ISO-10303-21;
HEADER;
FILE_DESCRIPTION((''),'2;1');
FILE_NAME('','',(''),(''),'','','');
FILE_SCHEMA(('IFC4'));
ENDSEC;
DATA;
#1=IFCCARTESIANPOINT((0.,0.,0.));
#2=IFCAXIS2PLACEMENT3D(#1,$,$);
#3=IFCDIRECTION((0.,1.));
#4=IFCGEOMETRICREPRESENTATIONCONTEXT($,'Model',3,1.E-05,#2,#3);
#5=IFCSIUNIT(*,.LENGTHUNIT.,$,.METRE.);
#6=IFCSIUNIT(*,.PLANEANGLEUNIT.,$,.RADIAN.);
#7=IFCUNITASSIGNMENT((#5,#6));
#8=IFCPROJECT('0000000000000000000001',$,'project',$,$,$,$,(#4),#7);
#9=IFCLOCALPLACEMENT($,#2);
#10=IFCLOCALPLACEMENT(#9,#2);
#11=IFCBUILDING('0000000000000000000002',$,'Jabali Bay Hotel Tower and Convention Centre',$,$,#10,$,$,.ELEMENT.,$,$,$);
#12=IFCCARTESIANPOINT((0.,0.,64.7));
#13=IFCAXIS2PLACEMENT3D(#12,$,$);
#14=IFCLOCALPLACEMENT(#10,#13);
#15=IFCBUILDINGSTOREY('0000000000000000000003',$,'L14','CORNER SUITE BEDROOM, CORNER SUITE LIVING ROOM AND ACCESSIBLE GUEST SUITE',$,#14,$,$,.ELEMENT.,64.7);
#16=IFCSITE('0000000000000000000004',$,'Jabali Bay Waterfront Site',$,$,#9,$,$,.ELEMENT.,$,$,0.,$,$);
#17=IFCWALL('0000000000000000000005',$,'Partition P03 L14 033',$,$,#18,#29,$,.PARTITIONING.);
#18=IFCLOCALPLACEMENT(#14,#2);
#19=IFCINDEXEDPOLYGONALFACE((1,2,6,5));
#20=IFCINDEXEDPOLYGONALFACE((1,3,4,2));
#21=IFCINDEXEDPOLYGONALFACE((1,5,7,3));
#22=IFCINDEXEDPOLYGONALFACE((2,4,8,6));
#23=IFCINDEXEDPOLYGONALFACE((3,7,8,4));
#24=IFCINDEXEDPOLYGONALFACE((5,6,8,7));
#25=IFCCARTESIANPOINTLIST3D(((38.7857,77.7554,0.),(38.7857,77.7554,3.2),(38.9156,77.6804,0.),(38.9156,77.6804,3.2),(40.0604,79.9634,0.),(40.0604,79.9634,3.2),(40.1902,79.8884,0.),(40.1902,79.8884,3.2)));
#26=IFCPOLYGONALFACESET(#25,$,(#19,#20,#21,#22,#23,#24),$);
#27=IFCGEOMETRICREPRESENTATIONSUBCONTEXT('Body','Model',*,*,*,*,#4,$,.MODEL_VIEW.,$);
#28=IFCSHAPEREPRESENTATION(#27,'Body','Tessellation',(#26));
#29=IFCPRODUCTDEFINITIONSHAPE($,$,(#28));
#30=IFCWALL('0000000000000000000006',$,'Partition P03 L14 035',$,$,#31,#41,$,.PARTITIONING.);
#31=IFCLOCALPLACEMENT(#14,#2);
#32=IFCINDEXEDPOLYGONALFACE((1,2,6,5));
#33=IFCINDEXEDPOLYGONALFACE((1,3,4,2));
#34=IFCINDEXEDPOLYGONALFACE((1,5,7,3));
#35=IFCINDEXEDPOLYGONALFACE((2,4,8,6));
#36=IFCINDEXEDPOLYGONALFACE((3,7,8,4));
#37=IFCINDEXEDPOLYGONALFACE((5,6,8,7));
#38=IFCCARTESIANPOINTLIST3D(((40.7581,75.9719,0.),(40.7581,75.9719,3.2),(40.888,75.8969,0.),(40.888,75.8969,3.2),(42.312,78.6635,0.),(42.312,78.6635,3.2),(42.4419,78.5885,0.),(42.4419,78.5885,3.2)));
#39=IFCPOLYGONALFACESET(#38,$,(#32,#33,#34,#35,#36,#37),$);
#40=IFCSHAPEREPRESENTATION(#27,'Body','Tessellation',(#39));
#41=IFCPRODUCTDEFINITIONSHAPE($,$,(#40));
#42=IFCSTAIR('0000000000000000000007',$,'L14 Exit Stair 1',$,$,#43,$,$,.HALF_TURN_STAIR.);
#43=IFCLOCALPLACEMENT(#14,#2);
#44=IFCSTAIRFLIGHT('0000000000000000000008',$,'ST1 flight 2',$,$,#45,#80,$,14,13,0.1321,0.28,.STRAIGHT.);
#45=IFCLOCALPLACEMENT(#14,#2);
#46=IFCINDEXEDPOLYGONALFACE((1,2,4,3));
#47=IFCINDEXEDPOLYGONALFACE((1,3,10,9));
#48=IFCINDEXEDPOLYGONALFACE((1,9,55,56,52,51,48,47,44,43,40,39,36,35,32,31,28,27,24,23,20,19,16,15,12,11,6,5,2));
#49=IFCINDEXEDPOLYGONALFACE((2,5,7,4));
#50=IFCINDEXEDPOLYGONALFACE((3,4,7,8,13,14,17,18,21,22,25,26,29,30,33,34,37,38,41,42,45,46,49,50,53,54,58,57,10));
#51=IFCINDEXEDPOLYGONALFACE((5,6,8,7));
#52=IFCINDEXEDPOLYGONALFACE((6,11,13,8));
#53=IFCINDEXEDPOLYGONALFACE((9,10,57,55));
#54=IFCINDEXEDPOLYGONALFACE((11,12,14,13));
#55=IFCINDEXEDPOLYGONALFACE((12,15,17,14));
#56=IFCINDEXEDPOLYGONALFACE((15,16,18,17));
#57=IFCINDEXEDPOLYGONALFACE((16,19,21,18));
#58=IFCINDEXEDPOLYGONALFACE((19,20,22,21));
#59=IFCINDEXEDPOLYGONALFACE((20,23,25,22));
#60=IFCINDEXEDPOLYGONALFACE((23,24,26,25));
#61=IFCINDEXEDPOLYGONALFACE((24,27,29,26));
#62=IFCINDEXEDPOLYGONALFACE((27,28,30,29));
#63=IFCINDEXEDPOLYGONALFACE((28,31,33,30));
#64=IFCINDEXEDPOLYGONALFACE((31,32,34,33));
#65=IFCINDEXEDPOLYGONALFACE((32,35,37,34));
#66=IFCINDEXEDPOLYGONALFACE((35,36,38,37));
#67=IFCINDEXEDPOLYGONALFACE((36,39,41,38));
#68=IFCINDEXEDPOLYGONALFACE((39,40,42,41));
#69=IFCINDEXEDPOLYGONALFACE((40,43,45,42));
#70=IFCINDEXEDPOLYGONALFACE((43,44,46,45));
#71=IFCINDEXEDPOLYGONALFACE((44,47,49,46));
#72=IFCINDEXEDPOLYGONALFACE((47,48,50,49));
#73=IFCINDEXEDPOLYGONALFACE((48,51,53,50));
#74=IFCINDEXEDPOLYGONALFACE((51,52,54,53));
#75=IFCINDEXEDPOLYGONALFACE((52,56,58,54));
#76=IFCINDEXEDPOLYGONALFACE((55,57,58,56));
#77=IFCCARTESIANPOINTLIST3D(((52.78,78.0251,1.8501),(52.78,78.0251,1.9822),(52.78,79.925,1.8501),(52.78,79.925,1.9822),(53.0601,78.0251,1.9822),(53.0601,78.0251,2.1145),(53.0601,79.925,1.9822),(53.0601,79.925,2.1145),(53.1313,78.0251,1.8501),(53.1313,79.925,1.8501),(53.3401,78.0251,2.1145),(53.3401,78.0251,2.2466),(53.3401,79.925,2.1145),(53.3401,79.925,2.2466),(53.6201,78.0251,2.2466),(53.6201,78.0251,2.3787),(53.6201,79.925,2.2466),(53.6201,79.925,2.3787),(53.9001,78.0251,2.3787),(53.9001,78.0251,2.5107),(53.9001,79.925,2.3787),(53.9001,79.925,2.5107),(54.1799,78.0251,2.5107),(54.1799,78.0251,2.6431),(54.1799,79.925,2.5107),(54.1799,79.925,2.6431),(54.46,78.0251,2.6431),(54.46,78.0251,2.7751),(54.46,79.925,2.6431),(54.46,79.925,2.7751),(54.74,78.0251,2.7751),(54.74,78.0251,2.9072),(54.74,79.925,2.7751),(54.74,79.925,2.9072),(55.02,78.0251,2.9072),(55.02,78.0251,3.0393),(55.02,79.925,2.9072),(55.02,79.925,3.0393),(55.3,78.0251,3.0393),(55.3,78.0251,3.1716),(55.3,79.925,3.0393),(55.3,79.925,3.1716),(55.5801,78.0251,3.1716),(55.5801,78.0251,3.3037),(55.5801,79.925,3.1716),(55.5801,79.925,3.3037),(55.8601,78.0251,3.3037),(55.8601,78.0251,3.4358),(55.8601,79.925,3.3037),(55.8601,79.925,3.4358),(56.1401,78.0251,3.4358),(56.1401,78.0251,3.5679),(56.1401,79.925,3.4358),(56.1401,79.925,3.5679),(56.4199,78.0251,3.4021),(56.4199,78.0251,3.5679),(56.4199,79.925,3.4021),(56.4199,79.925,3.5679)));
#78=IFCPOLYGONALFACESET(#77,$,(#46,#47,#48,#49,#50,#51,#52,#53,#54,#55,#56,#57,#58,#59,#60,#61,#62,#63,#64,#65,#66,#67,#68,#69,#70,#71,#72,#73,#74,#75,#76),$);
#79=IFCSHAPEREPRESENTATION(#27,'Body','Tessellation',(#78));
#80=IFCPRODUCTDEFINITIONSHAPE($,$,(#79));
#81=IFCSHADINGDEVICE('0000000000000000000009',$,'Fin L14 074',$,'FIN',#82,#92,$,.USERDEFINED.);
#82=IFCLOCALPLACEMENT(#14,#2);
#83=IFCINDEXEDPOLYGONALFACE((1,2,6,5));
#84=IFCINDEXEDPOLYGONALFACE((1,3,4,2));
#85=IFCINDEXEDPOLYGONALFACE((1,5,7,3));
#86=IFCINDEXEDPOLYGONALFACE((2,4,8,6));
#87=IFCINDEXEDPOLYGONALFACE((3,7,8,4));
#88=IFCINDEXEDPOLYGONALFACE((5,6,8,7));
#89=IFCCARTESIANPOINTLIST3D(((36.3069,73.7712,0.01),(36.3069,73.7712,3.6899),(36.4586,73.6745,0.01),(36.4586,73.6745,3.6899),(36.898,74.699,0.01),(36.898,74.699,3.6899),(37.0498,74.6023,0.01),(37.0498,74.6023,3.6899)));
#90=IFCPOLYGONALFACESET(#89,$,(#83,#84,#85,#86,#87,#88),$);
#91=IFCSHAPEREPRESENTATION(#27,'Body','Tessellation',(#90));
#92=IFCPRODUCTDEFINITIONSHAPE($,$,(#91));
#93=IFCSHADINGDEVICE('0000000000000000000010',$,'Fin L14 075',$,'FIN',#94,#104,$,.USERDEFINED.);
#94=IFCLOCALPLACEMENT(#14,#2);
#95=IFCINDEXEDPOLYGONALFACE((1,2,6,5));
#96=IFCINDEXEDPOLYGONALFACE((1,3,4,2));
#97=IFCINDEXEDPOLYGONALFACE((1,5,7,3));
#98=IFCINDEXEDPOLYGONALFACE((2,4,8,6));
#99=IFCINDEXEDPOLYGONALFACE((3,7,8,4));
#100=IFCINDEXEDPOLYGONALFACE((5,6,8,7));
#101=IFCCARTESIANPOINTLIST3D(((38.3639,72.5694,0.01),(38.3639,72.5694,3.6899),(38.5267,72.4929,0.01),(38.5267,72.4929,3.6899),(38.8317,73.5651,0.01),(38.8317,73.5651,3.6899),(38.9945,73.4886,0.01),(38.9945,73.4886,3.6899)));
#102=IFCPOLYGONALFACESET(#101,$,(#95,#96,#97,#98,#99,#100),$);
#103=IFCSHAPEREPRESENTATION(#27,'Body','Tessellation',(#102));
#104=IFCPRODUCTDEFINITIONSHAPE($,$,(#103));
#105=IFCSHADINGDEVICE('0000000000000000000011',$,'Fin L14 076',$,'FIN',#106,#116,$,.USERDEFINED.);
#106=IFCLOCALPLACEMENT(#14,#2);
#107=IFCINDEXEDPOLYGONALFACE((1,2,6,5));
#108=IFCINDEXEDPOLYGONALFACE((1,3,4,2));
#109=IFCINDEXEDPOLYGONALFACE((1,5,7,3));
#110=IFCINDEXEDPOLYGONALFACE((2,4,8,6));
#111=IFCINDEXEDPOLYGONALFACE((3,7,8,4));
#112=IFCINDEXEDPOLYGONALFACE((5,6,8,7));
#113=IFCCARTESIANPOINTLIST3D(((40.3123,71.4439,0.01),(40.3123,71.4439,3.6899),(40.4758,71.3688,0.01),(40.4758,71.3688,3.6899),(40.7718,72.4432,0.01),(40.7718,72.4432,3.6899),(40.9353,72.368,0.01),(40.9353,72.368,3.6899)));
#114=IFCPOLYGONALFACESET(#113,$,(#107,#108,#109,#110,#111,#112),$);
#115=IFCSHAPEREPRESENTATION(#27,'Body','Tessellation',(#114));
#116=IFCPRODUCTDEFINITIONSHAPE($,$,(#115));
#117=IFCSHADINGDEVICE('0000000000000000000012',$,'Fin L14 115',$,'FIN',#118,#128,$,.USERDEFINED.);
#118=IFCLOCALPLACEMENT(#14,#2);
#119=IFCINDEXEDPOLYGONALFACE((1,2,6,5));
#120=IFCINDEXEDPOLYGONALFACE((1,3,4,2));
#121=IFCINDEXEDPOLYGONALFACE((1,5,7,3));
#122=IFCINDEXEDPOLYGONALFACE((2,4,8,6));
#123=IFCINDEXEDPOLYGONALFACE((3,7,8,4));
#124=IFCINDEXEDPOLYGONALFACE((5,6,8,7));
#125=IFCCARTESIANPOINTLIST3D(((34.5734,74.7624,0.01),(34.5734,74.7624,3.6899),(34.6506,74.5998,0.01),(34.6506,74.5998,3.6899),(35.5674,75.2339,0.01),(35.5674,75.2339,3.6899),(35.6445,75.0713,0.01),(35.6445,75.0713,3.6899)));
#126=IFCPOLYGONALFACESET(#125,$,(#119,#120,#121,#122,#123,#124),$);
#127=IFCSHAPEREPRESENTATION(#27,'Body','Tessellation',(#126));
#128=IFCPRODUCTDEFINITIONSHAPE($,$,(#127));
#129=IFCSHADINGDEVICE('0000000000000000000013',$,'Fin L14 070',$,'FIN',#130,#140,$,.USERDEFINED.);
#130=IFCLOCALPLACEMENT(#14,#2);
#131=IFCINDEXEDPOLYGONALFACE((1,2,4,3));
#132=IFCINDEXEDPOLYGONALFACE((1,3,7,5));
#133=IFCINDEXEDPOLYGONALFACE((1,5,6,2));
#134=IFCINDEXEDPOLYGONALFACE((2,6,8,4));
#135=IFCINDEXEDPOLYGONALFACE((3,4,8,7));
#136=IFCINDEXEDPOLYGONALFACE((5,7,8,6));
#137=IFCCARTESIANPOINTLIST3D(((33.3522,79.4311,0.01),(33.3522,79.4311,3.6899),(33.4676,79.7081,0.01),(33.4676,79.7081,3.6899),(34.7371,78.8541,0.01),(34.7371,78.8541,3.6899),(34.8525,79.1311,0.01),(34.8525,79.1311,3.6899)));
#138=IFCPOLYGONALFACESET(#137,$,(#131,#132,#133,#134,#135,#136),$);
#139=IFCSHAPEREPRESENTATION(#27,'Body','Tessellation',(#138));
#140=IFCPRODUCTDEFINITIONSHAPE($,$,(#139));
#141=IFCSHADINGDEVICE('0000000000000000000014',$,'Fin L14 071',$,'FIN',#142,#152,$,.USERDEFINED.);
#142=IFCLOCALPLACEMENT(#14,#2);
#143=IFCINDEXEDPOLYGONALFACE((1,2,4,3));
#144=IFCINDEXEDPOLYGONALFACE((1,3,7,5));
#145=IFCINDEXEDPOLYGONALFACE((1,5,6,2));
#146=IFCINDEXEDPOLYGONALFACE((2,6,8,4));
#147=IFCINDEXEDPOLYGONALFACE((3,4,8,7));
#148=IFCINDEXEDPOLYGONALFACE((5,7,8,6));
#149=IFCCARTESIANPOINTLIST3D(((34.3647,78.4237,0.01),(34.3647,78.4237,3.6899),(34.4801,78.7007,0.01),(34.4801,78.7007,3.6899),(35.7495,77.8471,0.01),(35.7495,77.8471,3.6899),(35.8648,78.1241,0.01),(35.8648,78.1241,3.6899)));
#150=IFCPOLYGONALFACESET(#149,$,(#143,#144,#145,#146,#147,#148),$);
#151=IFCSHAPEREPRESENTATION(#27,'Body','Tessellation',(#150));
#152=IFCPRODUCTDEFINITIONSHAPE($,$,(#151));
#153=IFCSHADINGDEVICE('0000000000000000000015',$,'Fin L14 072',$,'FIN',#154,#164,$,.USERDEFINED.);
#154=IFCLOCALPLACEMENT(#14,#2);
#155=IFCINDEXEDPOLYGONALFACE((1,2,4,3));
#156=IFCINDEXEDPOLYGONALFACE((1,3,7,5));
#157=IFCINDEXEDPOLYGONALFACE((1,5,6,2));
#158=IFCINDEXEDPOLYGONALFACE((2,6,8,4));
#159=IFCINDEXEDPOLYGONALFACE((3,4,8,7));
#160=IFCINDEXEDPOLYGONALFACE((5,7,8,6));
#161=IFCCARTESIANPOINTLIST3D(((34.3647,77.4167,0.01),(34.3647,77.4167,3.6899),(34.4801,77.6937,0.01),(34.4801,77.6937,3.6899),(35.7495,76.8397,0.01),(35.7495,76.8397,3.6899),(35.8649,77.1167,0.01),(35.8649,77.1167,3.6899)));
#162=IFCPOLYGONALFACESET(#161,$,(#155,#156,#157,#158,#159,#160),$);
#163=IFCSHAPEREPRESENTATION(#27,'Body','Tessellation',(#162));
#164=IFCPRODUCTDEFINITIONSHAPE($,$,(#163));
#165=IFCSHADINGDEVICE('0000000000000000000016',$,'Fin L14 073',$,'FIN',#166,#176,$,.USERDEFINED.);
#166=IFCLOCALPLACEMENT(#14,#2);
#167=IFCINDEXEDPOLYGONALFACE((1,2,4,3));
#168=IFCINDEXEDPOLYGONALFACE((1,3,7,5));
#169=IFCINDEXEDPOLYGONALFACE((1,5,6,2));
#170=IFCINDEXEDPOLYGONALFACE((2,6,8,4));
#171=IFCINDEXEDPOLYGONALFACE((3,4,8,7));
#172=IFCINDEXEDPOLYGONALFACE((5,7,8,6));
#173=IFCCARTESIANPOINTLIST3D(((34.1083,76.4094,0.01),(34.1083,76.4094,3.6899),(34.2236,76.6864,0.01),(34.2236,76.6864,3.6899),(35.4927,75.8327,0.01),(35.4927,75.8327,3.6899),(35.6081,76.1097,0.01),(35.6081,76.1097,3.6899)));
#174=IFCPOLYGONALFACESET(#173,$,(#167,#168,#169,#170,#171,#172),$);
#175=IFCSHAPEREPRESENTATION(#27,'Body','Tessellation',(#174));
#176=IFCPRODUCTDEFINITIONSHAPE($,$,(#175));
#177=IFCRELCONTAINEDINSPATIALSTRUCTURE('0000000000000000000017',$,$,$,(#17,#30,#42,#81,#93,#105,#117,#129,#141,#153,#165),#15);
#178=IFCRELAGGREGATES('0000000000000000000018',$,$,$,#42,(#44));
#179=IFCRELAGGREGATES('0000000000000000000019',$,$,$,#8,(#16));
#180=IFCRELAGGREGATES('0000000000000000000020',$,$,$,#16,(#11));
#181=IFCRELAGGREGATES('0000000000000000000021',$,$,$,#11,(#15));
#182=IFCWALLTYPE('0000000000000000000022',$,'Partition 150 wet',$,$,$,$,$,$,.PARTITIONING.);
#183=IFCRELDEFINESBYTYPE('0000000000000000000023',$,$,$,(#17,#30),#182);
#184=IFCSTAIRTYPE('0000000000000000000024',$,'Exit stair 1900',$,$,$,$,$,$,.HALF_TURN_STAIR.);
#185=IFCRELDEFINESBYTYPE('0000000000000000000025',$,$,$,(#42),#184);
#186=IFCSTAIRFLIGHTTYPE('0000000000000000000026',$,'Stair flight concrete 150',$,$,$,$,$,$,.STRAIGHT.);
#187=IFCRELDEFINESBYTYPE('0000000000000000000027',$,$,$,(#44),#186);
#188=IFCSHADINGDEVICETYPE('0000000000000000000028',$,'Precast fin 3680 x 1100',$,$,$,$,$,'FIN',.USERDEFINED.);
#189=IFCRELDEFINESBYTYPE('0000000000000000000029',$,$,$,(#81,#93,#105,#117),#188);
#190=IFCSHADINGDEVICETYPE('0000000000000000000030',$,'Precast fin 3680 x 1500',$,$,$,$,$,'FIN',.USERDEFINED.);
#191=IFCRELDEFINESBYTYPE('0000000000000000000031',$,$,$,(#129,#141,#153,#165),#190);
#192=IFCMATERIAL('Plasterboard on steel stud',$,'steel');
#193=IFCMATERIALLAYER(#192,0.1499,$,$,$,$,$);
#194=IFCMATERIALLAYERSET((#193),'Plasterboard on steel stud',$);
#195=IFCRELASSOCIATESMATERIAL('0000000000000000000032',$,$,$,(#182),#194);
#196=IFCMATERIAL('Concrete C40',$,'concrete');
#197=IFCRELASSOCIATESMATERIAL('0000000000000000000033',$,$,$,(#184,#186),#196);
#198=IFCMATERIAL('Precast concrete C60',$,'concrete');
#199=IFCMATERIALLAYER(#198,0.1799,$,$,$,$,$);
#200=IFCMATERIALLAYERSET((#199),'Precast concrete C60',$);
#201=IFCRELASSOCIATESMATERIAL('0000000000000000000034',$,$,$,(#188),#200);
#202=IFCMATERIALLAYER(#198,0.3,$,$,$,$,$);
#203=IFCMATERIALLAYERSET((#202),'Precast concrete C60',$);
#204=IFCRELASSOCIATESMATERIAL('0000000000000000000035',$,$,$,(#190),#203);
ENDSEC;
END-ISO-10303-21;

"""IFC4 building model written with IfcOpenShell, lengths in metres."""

from ifc_helpers import new_model, si_unit, direction, frame, frame_2d, origin, place, context, subcontext, project, spatial, polyline, rectangle, outline, extrude, material, layer, layer_set, type_object, element, aggregate, save


model = new_model("IFC4")

# Units and contexts
model_context = context("Model", 3, precision=1e-05, world=origin(), true_north=direction((0.0, 1.0)))
body_context = subcontext(model_context, "Body", "Model", "MODEL_VIEW")
ifc_project = project(units=[si_unit("LENGTHUNIT", "METRE"), si_unit("PLANEANGLEUNIT", "RADIAN")], contexts=[model_context])

# Site, building, storey
site_placement = place(None, origin())
site = spatial("IfcSite", under=ifc_project, at=site_placement, Name="Jabali Bay Waterfront Site", CompositionType="ELEMENT", RefElevation=0.0)
building_placement = place(site_placement, origin())
building = spatial("IfcBuilding", under=site, at=building_placement, Name="Jabali Bay Hotel Tower and Convention Centre", CompositionType="ELEMENT")
storey_placement = place(building_placement, frame((0.0, 0.0, 64.7)))
storey = spatial("IfcBuildingStorey", under=building, at=storey_placement, Name="L14", Description="CORNER SUITE BEDROOM, CORNER SUITE LIVING ROOM AND ACCESSIBLE GUEST SUITE", CompositionType="ELEMENT", Elevation=64.7)

# Shared definitions
ifc_material_1 = material(Name="Concrete C40", Category="concrete")

# Walls
ifc_material_2 = material(Name="Plasterboard on steel stud", Category="steel")
ifc_layer_1 = layer(ifc_material_2, 0.1499)
ifc_layer_set_1 = layer_set([ifc_layer_1], Name="Plasterboard on steel stud")
wall_type_1 = type_object("IfcWallType", Name="Partition 150 wet", PredefinedType="PARTITIONING", material=ifc_layer_set_1)
wall_1_placement = place(storey_placement, frame((38.8506, 77.7178, 0.0), z_axis=(0.0, 0.0, 1.0), x_axis=(0.49996, 0.866048, 0.0)))
element("IfcWall", 1, at=wall_1_placement, inside=storey, type_object=wall_type_1, Name="Partition P03 L14 033", PredefinedType="PARTITIONING", context=body_context, shape_type="SweptSolid", body=[
    extrude(rectangle(XDim=2.5496, YDim=0.1499, at=frame_2d((1.2749, 0.0))), origin(), (0.0, 0.0, 1.0), 3.2),
])
wall_2_placement = place(storey_placement, frame((42.377, 78.626, 0.0), z_axis=(0.0, 0.0, 1.0), x_axis=(-0.499983, -0.866035, 0.0)))
element("IfcWall", 2, at=wall_2_placement, inside=storey, type_object=wall_type_1, Name="Partition P03 L14 035", PredefinedType="PARTITIONING", context=body_context, shape_type="SweptSolid", body=[
    extrude(rectangle(XDim=3.1079, YDim=0.1499, at=frame_2d((1.554, 0.0))), origin(), (0.0, 0.0, 1.0), 3.2),
])

# Stair, stair flight
stair_type = type_object("IfcStairType", Name="Exit stair 1900", PredefinedType="HALF_TURN_STAIR", material=ifc_material_1)
stair_placement = place(storey_placement, origin())
stair = element("IfcStair", 3, at=stair_placement, inside=storey, type_object=stair_type, Name="L14 Exit Stair 1", PredefinedType="HALF_TURN_STAIR")
stair_flight_type = type_object("IfcStairFlightType", Name="Stair flight concrete 150", PredefinedType="STRAIGHT", material=ifc_material_1)
stair_flight_placement = place(storey_placement, frame((52.78, 78.9751, 1.8501), z_axis=(0.0, 0.0, 1.0), x_axis=(1.0, 0.0, 0.0)))
stair_flight = element("IfcStairFlight", 4, at=stair_flight_placement, type_object=stair_flight_type, Name="ST1 flight 2", NumberOfRisers=14, NumberOfTreads=13, PredefinedType="STRAIGHT", RiserHeight=0.1321, TreadLength=0.28, context=body_context, shape_type="SweptSolid", body=[
    extrude(outline(polyline([(0.0, 0.0), (0.0, 0.1321), (0.28, 0.1321), (0.28, 0.2644), (0.5601, 0.2644), (0.5601, 0.3965), (0.8401, 0.3965), (0.8401, 0.5286), (1.1201, 0.5286), (1.1201, 0.6606), (1.3999, 0.6606), (1.3999, 0.793), (1.6799, 0.793), (1.6799, 0.925), (1.96, 0.925), (1.96, 1.0571), (2.24, 1.0571), (2.24, 1.1892), (2.52, 1.1892), (2.52, 1.3215), (2.8, 1.3215), (2.8, 1.4536), (3.0801, 1.4536), (3.0801, 1.5857), (3.3601, 1.5857), (3.3601, 1.7178), (3.6399, 1.7178), (3.6399, 1.8501), (3.6399, 1.552), (0.3513, 0.0), (0.0, 0.0)])), frame((0.0, 0.95, 0.0), z_axis=(0.0, -1.0, 0.0), x_axis=(1.0, 0.0, 0.0)), (0.0, 0.0, 1.0), 1.8999),
])
aggregate(stair, [stair_flight])

# Shading devices
ifc_material_3 = material(Name="Precast concrete C60", Category="concrete")
ifc_layer_2 = layer(ifc_material_3, 0.1799)
ifc_layer_set_2 = layer_set([ifc_layer_2], Name="Precast concrete C60")
shading_device_type_1 = type_object("IfcShadingDeviceType", Name="Precast fin 3680 x 1100", ElementType="FIN", PredefinedType="USERDEFINED", material=ifc_layer_set_2)
for number, where, z_axis, x_axis, name in (
    (5, (36.9739, 74.6506, 0.01), (0.0, 0.0, 1.0), (-0.537321, -0.843378, 0.0), "Fin L14 074"),
    (6, (38.9131, 73.5269, 0.01), (0.0, 0.0, 1.0), (-0.425241, -0.90508, 0.0), "Fin L14 075"),
):
    element("IfcShadingDevice", number, at=place(storey_placement, frame(where, z_axis=z_axis, x_axis=x_axis)), inside=storey, type_object=shading_device_type_1, Name=name, ObjectType="FIN", PredefinedType="USERDEFINED", context=body_context, shape_type="SweptSolid", body=[
        extrude(rectangle(XDim=1.1001, YDim=0.1799, at=frame_2d((0.55, 0.0))), origin(), (0.0, 0.0, 1.0), 3.6799),
    ])
shading_device_1_placement = place(storey_placement, frame((40.8535, 72.4055, 0.01), z_axis=(0.0, 0.0, 1.0), x_axis=(-0.417763, -0.908556, 0.0)))
element("IfcShadingDevice", 7, at=shading_device_1_placement, inside=storey, type_object=shading_device_type_1, Name="Fin L14 076", ObjectType="FIN", PredefinedType="USERDEFINED", context=body_context, shape_type="SweptSolid", body=[
    extrude(rectangle(XDim=1.0999, YDim=0.1799, at=frame_2d((0.5498, 0.0))), origin(), (0.0, 0.0, 1.0), 3.6799),
])
shading_device_2_placement = place(storey_placement, frame((35.606, 75.1526, 0.01), z_axis=(0.0, 0.0, 1.0), x_axis=(-0.903512, -0.428563, 0.0)))
element("IfcShadingDevice", 8, at=shading_device_2_placement, inside=storey, type_object=shading_device_type_1, Name="Fin L14 115", ObjectType="FIN", PredefinedType="USERDEFINED", context=body_context, shape_type="SweptSolid", body=[
    extrude(rectangle(XDim=1.1001, YDim=0.1799, at=frame_2d((0.55, 0.0))), origin(), (0.0, 0.0, 1.0), 3.6799),
])
ifc_layer_3 = layer(ifc_material_3, 0.3)
ifc_layer_set_3 = layer_set([ifc_layer_3], Name="Precast concrete C60")
shading_device_type_2 = type_object("IfcShadingDeviceType", Name="Precast fin 3680 x 1500", ElementType="FIN", PredefinedType="USERDEFINED", material=ifc_layer_set_3)
shading_device_3_placement = place(storey_placement, frame((34.7947, 78.9927, 0.01), z_axis=(0.0, 0.0, 1.0), x_axis=(-0.923096, 0.384569, 0.0)))
element("IfcShadingDevice", 9, at=shading_device_3_placement, inside=storey, type_object=shading_device_type_2, Name="Fin L14 070", ObjectType="FIN", PredefinedType="USERDEFINED", context=body_context, shape_type="SweptSolid", body=[
    extrude(rectangle(XDim=1.5002, YDim=0.3, at=frame_2d((0.75, 0.0))), origin(), (0.0, 0.0, 1.0), 3.6799),
])
shading_device_4_placement = place(storey_placement, frame((35.8071, 77.9856, 0.01), z_axis=(0.0, 0.0, 1.0), x_axis=(-0.923154, 0.38443, 0.0)))
element("IfcShadingDevice", 10, at=shading_device_4_placement, inside=storey, type_object=shading_device_type_2, Name="Fin L14 071", ObjectType="FIN", PredefinedType="USERDEFINED", context=body_context, shape_type="SweptSolid", body=[
    extrude(rectangle(XDim=1.5, YDim=0.3, at=frame_2d((0.75, 0.0))), origin(), (0.0, 0.0, 1.0), 3.6799),
])
shading_device_5_placement = place(storey_placement, frame((35.8071, 76.9783, 0.01), z_axis=(0.0, 0.0, 1.0), x_axis=(-0.923096, 0.384569, 0.0)))
element("IfcShadingDevice", 11, at=shading_device_5_placement, inside=storey, type_object=shading_device_type_2, Name="Fin L14 072", ObjectType="FIN", PredefinedType="USERDEFINED", context=body_context, shape_type="SweptSolid", body=[
    extrude(rectangle(XDim=1.5002, YDim=0.3, at=frame_2d((0.75, 0.0))), origin(), (0.0, 0.0, 1.0), 3.6799),
])
shading_device_6_placement = place(storey_placement, frame((35.5505, 75.9712, 0.01), z_axis=(0.0, 0.0, 1.0), x_axis=(-0.92313, 0.384488, 0.0)))
element("IfcShadingDevice", 12, at=shading_device_6_placement, inside=storey, type_object=shading_device_type_2, Name="Fin L14 073", ObjectType="FIN", PredefinedType="USERDEFINED", context=body_context, shape_type="SweptSolid", body=[
    extrude(rectangle(XDim=1.4998, YDim=0.3, at=frame_2d((0.75, 0.0))), origin(), (0.0, 0.0, 1.0), 3.6799),
])

save(model, "model.ifc")
